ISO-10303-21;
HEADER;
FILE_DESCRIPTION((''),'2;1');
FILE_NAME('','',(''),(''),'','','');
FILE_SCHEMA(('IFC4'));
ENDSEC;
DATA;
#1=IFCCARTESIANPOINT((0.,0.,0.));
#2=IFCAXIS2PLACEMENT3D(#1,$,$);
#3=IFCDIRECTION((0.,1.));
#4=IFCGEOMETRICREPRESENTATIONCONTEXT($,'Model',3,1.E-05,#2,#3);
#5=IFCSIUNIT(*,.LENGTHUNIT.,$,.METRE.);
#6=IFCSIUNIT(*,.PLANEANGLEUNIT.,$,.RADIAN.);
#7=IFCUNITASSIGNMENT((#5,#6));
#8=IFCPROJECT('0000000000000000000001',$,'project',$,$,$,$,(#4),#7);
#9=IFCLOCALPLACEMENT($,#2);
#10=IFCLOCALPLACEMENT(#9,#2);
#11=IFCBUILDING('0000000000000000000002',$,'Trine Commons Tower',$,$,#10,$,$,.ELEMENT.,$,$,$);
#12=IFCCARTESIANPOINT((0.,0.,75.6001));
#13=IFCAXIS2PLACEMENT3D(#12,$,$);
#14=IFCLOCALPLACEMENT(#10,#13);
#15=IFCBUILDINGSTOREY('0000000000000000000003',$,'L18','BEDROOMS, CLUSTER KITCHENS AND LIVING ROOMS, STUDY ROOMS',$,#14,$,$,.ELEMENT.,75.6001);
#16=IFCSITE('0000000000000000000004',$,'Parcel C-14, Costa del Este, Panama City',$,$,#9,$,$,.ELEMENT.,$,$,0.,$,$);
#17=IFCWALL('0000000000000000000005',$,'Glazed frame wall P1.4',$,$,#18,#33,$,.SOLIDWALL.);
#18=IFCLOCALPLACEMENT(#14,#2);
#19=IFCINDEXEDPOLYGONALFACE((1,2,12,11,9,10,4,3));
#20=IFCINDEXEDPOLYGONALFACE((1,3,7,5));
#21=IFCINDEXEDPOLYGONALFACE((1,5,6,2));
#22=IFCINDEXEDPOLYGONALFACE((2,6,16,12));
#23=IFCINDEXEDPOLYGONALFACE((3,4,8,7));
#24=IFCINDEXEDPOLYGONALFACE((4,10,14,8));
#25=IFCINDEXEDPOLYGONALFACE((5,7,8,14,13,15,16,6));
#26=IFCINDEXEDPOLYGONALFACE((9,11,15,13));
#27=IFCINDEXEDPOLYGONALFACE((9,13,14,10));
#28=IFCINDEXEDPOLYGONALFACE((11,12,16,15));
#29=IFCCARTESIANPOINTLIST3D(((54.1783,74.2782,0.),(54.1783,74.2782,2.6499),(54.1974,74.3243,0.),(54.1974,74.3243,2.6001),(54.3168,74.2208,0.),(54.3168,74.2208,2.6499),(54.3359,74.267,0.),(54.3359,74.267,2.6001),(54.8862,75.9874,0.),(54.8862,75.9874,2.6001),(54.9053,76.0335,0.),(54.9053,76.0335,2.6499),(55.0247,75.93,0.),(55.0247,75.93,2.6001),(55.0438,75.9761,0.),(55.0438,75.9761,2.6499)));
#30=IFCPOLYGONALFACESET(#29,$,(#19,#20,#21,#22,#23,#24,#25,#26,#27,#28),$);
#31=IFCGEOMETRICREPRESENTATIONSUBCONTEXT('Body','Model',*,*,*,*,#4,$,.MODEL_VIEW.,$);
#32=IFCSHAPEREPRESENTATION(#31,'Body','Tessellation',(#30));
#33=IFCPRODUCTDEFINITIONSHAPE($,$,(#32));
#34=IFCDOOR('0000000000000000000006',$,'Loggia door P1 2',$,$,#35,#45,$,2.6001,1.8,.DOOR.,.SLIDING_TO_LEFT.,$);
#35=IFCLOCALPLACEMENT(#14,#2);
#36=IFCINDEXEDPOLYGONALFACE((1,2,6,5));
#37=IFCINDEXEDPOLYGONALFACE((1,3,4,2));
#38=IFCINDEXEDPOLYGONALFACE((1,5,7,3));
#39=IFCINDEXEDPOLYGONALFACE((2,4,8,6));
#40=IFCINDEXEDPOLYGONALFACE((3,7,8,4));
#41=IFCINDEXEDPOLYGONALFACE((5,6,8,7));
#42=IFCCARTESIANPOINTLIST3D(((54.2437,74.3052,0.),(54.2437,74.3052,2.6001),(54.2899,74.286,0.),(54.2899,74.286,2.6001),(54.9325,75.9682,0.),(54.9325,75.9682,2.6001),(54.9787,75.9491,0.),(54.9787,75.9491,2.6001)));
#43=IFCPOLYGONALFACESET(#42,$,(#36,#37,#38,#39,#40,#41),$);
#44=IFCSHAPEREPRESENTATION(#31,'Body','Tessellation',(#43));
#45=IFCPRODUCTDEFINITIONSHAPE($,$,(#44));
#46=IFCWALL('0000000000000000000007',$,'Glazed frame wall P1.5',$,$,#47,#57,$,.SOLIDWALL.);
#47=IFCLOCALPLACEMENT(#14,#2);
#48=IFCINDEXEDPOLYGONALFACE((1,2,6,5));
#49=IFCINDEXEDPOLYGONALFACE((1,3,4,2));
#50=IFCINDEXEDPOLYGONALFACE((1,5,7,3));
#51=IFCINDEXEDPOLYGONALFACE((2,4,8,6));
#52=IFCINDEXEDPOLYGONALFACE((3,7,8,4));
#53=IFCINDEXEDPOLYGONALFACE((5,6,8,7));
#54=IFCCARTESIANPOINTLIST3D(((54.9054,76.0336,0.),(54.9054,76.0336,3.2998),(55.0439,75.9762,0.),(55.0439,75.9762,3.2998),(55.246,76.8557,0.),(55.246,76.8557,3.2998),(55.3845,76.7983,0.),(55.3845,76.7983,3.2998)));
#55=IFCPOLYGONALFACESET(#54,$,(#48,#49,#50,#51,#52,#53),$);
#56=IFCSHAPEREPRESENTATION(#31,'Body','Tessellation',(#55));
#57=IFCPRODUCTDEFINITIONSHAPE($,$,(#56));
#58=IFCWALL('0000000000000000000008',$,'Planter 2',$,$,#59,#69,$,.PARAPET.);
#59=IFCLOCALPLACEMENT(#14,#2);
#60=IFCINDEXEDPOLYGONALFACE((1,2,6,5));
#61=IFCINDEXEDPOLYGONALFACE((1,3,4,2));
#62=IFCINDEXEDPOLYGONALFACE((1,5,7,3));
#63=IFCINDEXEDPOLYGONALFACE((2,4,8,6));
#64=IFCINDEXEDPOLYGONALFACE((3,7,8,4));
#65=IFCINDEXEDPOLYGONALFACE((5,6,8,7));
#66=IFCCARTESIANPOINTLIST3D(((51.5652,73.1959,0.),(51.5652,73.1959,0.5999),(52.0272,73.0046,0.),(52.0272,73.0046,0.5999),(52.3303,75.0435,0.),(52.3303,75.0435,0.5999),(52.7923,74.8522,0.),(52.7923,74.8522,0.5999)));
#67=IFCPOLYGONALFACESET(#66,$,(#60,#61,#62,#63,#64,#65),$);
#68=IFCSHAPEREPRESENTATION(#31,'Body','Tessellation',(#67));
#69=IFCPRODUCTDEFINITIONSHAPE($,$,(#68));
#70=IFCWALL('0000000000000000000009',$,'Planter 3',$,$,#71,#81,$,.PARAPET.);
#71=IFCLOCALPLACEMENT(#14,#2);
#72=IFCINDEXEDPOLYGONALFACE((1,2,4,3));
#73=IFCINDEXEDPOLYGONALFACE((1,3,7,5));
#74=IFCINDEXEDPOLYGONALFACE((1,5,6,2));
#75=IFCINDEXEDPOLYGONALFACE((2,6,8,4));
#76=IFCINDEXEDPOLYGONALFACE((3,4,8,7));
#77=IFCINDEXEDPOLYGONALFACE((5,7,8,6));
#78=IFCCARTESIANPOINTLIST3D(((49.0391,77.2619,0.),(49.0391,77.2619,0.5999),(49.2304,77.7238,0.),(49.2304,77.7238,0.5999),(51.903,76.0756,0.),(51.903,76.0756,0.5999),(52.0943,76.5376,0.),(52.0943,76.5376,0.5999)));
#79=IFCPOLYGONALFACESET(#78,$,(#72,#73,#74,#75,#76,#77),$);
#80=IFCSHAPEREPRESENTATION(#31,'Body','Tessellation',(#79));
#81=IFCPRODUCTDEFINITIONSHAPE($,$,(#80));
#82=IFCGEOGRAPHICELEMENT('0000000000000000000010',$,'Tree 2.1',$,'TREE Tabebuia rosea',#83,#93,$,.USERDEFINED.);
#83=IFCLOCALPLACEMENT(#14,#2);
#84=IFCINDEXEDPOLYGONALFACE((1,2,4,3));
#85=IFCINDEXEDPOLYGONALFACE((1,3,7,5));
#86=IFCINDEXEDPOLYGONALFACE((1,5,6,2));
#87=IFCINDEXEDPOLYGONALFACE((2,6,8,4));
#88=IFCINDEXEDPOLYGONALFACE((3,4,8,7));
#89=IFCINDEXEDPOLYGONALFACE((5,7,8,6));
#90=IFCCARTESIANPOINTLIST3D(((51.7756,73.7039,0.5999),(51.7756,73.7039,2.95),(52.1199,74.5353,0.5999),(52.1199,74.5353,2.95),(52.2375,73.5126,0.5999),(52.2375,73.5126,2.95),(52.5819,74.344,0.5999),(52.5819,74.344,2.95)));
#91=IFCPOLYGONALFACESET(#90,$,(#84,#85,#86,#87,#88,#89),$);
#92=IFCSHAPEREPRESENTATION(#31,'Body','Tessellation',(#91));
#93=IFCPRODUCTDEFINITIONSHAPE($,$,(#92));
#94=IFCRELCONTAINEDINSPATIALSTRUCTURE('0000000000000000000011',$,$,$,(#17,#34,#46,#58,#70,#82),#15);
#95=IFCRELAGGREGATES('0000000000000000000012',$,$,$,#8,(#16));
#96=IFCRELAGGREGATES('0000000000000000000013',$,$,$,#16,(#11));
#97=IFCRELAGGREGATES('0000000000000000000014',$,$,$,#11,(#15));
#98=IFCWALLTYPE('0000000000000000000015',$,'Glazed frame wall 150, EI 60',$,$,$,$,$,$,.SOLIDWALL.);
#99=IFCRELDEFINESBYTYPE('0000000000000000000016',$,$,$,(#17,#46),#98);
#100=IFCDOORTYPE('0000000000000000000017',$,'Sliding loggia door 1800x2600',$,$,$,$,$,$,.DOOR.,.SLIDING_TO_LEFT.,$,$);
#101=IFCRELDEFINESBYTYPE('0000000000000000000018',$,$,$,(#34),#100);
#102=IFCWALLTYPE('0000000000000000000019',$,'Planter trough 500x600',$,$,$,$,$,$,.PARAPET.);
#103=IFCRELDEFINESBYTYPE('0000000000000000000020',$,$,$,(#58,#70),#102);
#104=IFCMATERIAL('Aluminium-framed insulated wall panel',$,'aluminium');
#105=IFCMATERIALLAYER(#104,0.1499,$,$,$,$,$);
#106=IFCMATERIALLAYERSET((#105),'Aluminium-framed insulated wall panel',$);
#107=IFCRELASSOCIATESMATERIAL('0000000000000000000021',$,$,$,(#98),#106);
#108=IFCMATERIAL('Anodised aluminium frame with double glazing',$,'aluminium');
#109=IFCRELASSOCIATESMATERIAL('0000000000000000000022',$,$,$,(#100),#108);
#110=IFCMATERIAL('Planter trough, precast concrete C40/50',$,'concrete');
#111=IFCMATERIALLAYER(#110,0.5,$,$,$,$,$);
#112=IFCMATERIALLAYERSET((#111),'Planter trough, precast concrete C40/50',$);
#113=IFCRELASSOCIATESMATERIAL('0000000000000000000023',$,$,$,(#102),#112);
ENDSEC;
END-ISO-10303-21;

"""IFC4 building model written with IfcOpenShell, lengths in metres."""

from ifc_helpers import new_model, si_unit, direction, frame, frame_2d, origin, origin_2d, place, context, subcontext, project, spatial, polyline, rectangle, outline, extrude, material, layer, layer_set, type_object, element, fill, save


model = new_model("IFC4")

# Units and contexts
model_context = context("Model", 3, precision=1e-05, world=origin(), true_north=direction((0.0, 1.0)))
body_context = subcontext(model_context, "Body", "Model", "MODEL_VIEW")
ifc_project = project(units=[si_unit("LENGTHUNIT", "METRE"), si_unit("PLANEANGLEUNIT", "RADIAN")], contexts=[model_context])

# Site, building, storey
site_placement = place(None, origin())
site = spatial("IfcSite", under=ifc_project, at=site_placement, Name="Parcel C-14, Costa del Este, Panama City", CompositionType="ELEMENT", RefElevation=0.0)
building_placement = place(site_placement, origin())
building = spatial("IfcBuilding", under=site, at=building_placement, Name="Trine Commons Tower", CompositionType="ELEMENT")
storey_placement = place(building_placement, frame((0.0, 0.0, 75.6001)))
storey = spatial("IfcBuildingStorey", under=building, at=storey_placement, Name="L18", Description="BEDROOMS, CLUSTER KITCHENS AND LIVING ROOMS, STUDY ROOMS", CompositionType="ELEMENT", Elevation=75.6001)

# Wall, opening, door
ifc_material_1 = material(Name="Aluminium-framed insulated wall panel", Category="aluminium")
ifc_layer_1 = layer(ifc_material_1, 0.1499)
ifc_layer_set_1 = layer_set([ifc_layer_1], Name="Aluminium-framed insulated wall panel")
wall_type_1 = type_object("IfcWallType", Name="Glazed frame wall 150, EI 60", PredefinedType="SOLIDWALL", material=ifc_layer_set_1)
wall_1_placement = place(storey_placement, frame((54.2476, 74.2495, 0.0), z_axis=(0.0, 0.0, 1.0), x_axis=(0.382662, 0.923888, 0.0)))
wall_1 = element("IfcWall", 1, at=wall_1_placement, inside=storey, type_object=wall_type_1, Name="Glazed frame wall P1.4", PredefinedType="SOLIDWALL", context=body_context, shape_type="SweptSolid", body=[
    extrude(outline(polyline([(0.0, -0.075), (1.8999, -0.075), (1.8999, 0.075), (0.0, 0.075), (0.0, -0.075)])), origin(), (0.0, 0.0, 1.0), 2.6499),
])
opening_1_placement = place(wall_1_placement, frame((0.05, 0.0, 0.0)))
opening_1 = element("IfcOpeningElement", 2, at=opening_1_placement, cuts=wall_1, PredefinedType="OPENING", context=body_context, shape_type="SweptSolid", body=[
    extrude(rectangle(XDim=1.8, YDim=2.6001, at=frame_2d((0.8999, 1.3))), frame((0.0, 0.085, 0.0), z_axis=(0.0, -1.0, 0.0), x_axis=(1.0, 0.0, 0.0)), (0.0, 0.0, 1.0), 0.1699),
])
ifc_material_2 = material(Name="Anodised aluminium frame with double glazing", Category="aluminium")
door_type = type_object("IfcDoorType", Name="Sliding loggia door 1800x2600", OperationType="SLIDING_TO_LEFT", PredefinedType="DOOR", material=ifc_material_2)
door_1_placement = place(opening_1_placement, origin())
door_1 = element("IfcDoor", 3, at=door_1_placement, inside=storey, type_object=door_type, Name="Loggia door P1 2", OperationType="SLIDING_TO_LEFT", OverallHeight=2.6001, OverallWidth=1.8, PredefinedType="DOOR", context=body_context, shape_type="SweptSolid", body=[
    extrude(rectangle(XDim=1.8, YDim=2.6001, at=frame_2d((0.8999, 1.3))), frame((0.0, 0.0249, 0.0), z_axis=(0.0, -1.0, 0.0), x_axis=(1.0, 0.0, 0.0)), (0.0, 0.0, 1.0), 0.05),
])
fill(opening_1, door_1)

# Wall
wall_2_placement = place(storey_placement, frame((54.9746, 76.0049, 0.0), z_axis=(0.0, 0.0, 1.0), x_axis=(0.382812, 0.923826, 0.0)))
element("IfcWall", 4, at=wall_2_placement, inside=storey, type_object=wall_type_1, Name="Glazed frame wall P1.5", PredefinedType="SOLIDWALL", context=body_context, shape_type="SweptSolid", body=[
    extrude(outline(polyline([(0.8899, 0.075), (0.0, 0.075), (0.0, -0.075), (0.8899, -0.075), (0.8899, 0.075)])), origin(), (0.0, 0.0, 1.0), 3.2998),
])

# Walls
ifc_material_3 = material(Name="Planter trough, precast concrete C40/50", Category="concrete")
ifc_layer_2 = layer(ifc_material_3, 0.5)
ifc_layer_set_2 = layer_set([ifc_layer_2], Name="Planter trough, precast concrete C40/50")
wall_type_2 = type_object("IfcWallType", Name="Planter trough 500x600", PredefinedType="PARAPET", material=ifc_layer_set_2)
wall_3_placement = place(storey_placement, frame((51.7961, 73.1001, 0.0), z_axis=(0.0, 0.0, 1.0), x_axis=(0.382603, 0.923913, 0.0)))
element("IfcWall", 5, at=wall_3_placement, inside=storey, type_object=wall_type_2, Name="Planter 2", PredefinedType="PARAPET", context=body_context, shape_type="SweptSolid", body=[
    extrude(rectangle(XDim=1.9998, YDim=0.5, at=frame_2d((1.0, 0.0))), origin(), (0.0, 0.0, 1.0), 0.5999),
])
wall_4_placement = place(storey_placement, frame((51.9985, 76.3066, 0.0), z_axis=(0.0, 0.0, 1.0), x_axis=(-0.923883, 0.382674, 0.0)))
element("IfcWall", 6, at=wall_4_placement, inside=storey, type_object=wall_type_2, Name="Planter 3", PredefinedType="PARAPET", context=body_context, shape_type="SweptSolid", body=[
    extrude(rectangle(XDim=3.0999, YDim=0.5, at=frame_2d((1.5498, 0.0))), origin(), (0.0, 0.0, 1.0), 0.5999),
])

# Geographic element
geographic_element_placement = place(storey_placement, frame((52.1787, 74.0239, 0.5999), z_axis=(0.0, 0.0, 1.0), x_axis=(0.382688, 0.923878, 0.0)))
element("IfcGeographicElement", 7, at=geographic_element_placement, inside=storey, Name="Tree 2.1", ObjectType="TREE Tabebuia rosea", PredefinedType="USERDEFINED", context=body_context, shape_type="SweptSolid", body=[
    extrude(rectangle(XDim=0.8999, YDim=0.5, at=origin_2d()), origin(), (0.0, 0.0, 1.0), 2.3501),
])

save(model, "model.ifc")
